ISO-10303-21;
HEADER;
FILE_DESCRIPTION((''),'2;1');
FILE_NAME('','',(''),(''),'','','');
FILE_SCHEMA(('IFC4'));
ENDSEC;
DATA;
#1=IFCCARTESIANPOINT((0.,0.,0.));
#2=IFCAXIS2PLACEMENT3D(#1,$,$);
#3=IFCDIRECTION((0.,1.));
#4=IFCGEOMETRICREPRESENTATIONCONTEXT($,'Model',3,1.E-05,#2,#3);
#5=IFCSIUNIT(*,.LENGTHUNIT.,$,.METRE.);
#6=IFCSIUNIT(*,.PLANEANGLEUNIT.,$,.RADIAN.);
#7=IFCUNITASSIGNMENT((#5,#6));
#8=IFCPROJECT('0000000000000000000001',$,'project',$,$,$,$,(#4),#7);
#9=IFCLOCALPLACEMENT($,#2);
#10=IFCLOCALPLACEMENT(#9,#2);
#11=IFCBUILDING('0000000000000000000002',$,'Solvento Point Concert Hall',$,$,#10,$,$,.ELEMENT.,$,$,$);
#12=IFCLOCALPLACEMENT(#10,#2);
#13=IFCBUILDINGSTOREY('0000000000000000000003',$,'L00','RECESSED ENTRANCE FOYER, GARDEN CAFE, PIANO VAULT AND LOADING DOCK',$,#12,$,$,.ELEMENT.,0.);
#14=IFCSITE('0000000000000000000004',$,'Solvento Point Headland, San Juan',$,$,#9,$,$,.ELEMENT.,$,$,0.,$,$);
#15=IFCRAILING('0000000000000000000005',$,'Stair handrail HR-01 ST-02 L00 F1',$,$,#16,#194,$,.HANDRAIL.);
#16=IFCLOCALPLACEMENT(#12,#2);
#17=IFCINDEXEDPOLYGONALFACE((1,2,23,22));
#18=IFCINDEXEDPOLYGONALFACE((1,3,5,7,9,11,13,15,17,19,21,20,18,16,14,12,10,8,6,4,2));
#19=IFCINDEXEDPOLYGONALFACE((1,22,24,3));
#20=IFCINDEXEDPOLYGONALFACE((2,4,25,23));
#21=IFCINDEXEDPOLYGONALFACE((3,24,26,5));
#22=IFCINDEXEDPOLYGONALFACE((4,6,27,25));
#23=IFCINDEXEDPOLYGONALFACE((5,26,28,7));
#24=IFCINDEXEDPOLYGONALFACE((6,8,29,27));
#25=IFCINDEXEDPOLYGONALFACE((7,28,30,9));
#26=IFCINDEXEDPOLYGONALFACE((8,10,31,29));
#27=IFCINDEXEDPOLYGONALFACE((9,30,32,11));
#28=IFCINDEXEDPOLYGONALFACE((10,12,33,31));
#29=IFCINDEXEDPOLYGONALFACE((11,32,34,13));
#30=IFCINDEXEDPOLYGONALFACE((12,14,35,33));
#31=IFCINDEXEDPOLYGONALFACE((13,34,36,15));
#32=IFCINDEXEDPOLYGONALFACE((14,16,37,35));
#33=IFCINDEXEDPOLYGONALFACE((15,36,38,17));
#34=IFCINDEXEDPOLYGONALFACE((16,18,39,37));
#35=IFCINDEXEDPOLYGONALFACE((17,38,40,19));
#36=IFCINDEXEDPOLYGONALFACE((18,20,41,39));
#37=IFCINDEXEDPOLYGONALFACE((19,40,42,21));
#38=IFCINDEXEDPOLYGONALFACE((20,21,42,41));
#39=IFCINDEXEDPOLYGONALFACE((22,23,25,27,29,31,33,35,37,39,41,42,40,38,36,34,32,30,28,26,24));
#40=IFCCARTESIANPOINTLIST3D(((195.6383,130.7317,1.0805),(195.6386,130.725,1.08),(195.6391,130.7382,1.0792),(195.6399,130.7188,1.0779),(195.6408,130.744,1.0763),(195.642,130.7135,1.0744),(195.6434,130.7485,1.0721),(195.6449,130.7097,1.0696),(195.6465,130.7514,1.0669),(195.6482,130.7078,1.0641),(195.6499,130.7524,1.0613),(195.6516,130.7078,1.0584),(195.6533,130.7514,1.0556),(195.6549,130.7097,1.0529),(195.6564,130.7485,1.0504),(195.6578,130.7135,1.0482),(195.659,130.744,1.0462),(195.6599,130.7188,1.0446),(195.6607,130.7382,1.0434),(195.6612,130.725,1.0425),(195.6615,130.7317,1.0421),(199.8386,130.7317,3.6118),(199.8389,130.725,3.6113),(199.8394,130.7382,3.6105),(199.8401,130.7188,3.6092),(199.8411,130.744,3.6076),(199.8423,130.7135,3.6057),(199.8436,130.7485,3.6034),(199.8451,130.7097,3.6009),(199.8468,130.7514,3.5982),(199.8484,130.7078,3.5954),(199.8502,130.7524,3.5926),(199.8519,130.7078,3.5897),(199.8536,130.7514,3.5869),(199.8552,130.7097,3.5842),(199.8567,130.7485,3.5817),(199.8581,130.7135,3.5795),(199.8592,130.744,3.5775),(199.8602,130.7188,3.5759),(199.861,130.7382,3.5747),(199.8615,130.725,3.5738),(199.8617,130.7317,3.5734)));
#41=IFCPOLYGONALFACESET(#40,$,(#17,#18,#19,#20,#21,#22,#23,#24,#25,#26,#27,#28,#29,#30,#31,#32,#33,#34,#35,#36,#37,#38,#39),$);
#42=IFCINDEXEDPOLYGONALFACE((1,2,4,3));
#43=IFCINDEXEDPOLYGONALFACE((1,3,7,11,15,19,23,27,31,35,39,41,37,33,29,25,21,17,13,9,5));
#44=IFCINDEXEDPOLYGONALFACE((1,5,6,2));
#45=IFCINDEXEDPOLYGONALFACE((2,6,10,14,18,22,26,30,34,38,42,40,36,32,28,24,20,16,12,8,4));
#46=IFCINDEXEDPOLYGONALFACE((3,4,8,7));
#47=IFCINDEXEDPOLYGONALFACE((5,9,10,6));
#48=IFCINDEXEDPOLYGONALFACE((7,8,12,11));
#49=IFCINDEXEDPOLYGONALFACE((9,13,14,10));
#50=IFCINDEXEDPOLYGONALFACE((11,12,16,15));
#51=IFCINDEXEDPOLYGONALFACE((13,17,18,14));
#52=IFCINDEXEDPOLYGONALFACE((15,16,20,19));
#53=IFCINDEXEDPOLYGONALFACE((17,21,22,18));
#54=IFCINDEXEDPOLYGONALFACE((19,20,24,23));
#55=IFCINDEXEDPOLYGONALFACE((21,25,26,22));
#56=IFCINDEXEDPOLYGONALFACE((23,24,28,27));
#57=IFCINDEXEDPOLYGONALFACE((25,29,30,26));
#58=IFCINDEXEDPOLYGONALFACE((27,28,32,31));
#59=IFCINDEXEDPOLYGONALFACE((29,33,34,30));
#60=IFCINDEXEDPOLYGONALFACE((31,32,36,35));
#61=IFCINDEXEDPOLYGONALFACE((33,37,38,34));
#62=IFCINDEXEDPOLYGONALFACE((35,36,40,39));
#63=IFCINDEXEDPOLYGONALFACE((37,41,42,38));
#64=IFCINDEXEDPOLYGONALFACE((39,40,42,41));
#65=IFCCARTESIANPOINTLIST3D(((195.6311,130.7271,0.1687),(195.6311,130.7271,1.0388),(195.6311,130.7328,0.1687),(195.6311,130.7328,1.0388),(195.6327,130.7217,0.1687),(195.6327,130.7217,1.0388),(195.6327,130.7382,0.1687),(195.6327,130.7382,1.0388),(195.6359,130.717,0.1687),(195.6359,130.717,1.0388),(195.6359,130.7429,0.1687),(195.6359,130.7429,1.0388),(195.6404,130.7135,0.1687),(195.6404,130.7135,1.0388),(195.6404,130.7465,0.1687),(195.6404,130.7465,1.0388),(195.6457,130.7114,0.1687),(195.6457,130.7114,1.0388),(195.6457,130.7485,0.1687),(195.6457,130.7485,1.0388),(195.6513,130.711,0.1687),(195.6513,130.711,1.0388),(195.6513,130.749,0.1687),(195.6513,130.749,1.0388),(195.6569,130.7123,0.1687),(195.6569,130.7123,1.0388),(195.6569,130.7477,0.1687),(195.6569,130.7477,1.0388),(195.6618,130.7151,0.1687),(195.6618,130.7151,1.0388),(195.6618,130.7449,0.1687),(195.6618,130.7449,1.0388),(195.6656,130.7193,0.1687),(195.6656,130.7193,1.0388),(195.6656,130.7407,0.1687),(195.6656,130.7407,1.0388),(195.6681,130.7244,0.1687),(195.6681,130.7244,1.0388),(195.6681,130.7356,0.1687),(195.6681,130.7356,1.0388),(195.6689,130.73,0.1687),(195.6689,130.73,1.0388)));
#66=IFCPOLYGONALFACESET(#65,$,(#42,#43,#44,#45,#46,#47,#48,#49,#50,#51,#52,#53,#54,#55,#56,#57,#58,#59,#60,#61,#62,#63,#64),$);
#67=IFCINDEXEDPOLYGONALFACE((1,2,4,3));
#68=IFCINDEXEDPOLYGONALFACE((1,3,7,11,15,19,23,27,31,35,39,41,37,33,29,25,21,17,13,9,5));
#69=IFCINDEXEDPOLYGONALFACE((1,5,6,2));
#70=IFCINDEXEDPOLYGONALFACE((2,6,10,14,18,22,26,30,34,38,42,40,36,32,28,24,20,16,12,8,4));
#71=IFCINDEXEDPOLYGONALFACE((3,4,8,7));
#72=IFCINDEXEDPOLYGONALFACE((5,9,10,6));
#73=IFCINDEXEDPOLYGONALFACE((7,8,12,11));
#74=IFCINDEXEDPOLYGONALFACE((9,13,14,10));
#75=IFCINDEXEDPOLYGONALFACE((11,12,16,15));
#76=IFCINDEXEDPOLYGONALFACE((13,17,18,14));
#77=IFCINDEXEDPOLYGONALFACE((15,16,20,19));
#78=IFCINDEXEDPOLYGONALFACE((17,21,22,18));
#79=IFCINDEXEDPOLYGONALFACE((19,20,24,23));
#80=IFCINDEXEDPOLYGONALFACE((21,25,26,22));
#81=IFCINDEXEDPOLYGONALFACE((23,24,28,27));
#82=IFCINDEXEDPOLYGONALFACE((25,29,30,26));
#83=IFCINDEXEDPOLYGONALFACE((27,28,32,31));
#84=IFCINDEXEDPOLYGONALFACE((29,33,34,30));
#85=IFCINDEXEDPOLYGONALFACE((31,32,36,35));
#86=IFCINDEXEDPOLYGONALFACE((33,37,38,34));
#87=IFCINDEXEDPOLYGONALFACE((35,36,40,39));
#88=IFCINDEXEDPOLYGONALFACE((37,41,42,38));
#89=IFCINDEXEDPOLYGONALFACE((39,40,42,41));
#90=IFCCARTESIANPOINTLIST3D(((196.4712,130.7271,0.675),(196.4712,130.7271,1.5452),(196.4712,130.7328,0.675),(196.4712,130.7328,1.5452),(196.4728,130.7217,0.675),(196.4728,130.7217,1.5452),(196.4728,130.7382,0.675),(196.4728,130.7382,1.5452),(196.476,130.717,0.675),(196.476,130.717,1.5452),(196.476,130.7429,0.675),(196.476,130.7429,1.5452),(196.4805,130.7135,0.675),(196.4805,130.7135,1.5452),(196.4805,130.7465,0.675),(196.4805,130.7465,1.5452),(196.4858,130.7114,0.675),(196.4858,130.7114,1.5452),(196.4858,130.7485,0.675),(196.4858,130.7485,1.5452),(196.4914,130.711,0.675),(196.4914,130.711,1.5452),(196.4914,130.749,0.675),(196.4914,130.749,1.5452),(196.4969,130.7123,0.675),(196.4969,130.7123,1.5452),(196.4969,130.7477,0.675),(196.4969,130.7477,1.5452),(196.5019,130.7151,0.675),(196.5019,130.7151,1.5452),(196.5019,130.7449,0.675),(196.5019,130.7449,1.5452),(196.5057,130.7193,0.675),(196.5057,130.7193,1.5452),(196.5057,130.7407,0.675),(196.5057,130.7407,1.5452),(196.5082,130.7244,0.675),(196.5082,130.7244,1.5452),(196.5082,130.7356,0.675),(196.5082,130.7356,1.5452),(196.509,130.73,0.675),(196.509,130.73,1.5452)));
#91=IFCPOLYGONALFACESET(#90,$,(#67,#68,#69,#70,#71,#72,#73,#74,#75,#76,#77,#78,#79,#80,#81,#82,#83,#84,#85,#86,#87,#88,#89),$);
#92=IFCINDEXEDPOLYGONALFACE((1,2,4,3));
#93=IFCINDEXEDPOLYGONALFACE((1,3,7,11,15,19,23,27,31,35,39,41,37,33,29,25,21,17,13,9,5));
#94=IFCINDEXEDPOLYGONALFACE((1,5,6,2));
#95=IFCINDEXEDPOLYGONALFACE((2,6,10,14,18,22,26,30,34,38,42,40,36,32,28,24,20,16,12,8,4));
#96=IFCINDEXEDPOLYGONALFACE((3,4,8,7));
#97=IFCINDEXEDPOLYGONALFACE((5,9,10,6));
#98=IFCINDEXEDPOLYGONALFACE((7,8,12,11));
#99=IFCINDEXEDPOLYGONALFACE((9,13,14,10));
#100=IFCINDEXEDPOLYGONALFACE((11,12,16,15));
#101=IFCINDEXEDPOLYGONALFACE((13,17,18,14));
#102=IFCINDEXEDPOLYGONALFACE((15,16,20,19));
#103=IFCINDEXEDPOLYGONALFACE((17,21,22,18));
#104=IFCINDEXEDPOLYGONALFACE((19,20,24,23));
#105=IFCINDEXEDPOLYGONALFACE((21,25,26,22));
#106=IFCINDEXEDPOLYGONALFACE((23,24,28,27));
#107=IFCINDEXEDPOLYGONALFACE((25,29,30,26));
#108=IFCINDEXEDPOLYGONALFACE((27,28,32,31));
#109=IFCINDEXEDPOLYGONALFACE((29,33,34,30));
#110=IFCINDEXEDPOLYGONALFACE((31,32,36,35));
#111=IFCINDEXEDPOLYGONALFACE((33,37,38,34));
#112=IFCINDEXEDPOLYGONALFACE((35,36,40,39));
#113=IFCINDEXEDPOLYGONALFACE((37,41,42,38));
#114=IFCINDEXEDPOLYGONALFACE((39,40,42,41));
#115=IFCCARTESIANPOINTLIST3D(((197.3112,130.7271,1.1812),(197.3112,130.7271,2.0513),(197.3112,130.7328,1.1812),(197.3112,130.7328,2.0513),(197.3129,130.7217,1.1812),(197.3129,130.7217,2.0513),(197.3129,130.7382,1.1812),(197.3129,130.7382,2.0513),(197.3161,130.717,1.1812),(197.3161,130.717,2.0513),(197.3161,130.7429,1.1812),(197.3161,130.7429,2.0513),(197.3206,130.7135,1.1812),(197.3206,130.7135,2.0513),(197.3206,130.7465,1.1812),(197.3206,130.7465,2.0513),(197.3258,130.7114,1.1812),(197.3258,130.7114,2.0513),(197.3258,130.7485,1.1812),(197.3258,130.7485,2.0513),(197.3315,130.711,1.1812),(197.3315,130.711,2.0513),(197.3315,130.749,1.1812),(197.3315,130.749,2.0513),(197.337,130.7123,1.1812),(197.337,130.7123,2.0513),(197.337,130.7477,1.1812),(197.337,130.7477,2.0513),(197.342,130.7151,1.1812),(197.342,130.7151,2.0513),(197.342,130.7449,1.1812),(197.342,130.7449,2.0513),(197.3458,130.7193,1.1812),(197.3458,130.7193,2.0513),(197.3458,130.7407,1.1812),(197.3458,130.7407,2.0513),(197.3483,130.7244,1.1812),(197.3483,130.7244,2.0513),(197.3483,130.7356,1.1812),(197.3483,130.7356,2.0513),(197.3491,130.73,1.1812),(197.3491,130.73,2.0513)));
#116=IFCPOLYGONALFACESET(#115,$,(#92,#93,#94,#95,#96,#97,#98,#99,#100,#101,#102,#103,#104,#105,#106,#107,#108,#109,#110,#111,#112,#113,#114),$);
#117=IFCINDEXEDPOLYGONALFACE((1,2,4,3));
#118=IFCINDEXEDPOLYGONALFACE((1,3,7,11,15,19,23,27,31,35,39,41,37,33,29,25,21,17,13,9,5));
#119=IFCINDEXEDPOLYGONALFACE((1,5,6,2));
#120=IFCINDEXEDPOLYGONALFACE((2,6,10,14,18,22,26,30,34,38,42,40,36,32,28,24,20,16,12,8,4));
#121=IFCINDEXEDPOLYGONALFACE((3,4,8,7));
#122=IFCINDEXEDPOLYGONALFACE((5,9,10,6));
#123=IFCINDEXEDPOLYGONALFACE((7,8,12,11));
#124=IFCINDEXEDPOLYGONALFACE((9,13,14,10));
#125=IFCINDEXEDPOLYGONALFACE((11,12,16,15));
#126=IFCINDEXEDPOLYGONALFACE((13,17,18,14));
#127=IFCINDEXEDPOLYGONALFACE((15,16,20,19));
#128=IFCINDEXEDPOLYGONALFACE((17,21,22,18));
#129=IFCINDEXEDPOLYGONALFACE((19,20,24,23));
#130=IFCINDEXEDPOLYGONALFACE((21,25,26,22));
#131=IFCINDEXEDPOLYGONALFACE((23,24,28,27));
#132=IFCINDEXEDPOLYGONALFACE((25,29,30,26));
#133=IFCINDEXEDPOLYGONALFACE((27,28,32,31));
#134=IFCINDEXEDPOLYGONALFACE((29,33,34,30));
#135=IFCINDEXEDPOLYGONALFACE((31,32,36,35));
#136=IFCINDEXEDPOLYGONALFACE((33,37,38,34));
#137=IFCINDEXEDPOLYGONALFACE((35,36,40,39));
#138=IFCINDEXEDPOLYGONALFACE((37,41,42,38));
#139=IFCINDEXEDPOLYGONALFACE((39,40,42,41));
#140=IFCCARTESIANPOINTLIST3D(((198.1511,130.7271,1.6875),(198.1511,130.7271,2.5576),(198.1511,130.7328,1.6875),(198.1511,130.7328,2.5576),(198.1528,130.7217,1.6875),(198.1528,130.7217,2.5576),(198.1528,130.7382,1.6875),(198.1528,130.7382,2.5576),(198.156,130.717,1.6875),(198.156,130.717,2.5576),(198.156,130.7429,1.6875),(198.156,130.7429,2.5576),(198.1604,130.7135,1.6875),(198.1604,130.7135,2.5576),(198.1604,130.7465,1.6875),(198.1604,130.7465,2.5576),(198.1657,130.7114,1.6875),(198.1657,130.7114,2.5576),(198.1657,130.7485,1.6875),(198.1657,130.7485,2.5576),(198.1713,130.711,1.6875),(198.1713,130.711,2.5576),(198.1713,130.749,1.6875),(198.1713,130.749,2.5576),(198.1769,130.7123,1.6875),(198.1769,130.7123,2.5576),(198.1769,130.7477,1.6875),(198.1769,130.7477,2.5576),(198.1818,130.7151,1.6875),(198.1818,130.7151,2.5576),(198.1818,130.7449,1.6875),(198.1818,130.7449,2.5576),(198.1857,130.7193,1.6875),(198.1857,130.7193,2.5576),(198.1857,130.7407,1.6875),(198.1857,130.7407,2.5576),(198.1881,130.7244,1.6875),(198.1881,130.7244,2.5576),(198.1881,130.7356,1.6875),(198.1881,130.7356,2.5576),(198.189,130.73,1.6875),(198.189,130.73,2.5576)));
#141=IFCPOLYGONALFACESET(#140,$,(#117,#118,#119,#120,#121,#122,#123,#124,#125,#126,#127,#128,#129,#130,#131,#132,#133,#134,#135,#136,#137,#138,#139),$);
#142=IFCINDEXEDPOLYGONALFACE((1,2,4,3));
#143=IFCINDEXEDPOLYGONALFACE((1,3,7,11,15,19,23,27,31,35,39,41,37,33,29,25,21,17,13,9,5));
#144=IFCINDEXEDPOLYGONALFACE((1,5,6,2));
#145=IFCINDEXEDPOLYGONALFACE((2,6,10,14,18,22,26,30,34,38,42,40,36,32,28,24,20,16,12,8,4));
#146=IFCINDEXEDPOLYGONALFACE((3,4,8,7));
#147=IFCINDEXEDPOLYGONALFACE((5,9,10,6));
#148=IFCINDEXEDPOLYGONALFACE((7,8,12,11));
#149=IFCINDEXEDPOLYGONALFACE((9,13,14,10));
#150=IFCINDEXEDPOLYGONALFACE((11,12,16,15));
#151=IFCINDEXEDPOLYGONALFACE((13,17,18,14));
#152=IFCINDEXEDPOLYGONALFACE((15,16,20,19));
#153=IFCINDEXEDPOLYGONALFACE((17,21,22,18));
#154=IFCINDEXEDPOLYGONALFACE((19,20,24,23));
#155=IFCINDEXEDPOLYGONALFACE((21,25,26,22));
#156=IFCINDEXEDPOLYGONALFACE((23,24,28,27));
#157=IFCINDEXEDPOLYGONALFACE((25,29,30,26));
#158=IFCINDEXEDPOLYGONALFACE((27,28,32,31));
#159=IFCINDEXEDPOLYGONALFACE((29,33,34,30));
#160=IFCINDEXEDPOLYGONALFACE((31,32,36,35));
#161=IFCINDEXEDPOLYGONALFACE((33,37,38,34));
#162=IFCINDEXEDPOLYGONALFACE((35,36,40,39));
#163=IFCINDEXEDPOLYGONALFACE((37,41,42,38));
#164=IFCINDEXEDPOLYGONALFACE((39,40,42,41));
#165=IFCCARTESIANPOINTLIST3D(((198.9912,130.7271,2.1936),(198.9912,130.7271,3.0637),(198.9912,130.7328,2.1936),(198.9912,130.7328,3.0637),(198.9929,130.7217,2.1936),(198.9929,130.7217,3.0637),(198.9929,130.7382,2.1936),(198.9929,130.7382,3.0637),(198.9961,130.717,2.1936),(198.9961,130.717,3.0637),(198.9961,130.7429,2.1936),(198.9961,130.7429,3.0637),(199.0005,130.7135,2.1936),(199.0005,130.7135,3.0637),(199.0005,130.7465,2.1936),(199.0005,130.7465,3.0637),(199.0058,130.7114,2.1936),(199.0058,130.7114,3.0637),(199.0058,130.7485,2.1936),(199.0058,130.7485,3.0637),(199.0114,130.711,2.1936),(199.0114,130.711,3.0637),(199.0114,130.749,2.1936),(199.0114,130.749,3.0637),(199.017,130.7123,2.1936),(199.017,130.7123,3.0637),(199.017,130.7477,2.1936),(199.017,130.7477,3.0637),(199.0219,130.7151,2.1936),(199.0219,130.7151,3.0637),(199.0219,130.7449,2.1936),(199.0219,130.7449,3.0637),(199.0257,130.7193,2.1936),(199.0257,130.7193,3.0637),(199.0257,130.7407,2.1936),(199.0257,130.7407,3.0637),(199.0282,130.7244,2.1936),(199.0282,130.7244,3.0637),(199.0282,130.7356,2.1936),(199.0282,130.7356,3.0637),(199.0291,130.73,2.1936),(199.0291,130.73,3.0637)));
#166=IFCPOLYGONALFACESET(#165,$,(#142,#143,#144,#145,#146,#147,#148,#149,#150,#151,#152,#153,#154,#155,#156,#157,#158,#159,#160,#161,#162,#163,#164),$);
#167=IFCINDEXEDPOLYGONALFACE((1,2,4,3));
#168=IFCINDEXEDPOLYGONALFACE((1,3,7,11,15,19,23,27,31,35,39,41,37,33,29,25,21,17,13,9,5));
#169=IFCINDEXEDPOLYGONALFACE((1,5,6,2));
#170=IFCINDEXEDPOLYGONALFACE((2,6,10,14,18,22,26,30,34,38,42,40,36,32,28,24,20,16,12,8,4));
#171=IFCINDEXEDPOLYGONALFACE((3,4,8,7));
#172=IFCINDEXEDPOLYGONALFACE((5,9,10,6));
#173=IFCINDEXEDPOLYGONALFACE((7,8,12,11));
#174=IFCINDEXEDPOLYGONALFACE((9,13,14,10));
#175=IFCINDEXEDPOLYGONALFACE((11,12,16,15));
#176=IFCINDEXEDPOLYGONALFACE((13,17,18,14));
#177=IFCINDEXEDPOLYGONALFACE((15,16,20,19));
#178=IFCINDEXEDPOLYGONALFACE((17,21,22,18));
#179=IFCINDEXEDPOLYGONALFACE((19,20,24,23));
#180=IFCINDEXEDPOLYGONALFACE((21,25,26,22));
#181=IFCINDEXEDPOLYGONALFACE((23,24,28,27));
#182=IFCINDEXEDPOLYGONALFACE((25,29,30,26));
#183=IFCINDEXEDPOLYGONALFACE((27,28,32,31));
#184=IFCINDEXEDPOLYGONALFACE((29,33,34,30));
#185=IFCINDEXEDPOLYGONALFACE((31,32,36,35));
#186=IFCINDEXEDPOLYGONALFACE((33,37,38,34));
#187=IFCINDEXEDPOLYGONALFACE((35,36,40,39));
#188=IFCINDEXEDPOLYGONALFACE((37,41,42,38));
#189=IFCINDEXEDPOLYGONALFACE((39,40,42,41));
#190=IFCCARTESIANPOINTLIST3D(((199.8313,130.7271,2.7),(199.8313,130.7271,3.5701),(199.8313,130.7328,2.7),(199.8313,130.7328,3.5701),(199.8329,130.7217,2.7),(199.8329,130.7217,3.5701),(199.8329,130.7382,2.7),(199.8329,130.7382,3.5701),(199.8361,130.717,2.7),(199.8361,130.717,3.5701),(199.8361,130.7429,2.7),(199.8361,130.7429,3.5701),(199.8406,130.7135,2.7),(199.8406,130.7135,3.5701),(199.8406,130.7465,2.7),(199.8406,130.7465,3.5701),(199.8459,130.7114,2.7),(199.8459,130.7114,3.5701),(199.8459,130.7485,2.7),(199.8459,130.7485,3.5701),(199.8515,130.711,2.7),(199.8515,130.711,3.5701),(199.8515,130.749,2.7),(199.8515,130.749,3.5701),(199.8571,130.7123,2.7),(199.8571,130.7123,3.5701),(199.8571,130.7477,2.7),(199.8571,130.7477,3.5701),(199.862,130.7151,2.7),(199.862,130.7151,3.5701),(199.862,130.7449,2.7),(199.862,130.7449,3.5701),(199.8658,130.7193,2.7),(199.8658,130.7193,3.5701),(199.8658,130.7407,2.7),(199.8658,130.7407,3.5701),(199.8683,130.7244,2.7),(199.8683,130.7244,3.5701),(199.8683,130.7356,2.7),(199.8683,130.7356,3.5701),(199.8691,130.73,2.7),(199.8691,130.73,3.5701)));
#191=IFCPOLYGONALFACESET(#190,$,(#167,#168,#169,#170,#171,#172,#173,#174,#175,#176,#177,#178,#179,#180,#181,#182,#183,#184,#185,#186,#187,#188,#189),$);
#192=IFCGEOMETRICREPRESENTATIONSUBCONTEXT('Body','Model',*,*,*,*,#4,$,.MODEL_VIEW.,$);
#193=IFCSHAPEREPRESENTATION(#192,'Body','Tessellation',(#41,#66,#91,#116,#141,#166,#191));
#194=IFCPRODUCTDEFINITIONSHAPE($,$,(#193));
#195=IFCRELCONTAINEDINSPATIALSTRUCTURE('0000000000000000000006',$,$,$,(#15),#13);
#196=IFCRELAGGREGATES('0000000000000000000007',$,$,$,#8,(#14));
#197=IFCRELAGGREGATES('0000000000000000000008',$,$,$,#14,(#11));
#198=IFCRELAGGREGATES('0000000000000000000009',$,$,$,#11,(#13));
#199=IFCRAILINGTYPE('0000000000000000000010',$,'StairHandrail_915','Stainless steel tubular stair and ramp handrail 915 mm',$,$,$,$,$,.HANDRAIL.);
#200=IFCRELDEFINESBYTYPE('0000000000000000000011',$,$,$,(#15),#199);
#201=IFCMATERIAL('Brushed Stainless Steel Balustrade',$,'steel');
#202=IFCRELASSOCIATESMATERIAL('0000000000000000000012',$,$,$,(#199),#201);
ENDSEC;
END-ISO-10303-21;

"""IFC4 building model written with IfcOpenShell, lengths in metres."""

from ifc_helpers import new_model, si_unit, direction, frame, origin, origin_2d, place, context, subcontext, project, spatial, circle, extrude, material, type_object, element, save


model = new_model("IFC4")

# Units and contexts
model_context = context("Model", 3, precision=1e-05, world=origin(), true_north=direction((0.0, 1.0)))
body_context = subcontext(model_context, "Body", "Model", "MODEL_VIEW")
ifc_project = project(units=[si_unit("LENGTHUNIT", "METRE"), si_unit("PLANEANGLEUNIT", "RADIAN")], contexts=[model_context])

# Site, building, storey
site_placement = place(None, origin())
site = spatial("IfcSite", under=ifc_project, at=site_placement, Name="Solvento Point Headland, San Juan", CompositionType="ELEMENT", RefElevation=0.0)
building_placement = place(site_placement, origin())
building = spatial("IfcBuilding", under=site, at=building_placement, Name="Solvento Point Concert Hall", CompositionType="ELEMENT")
storey_placement = place(building_placement, origin())
storey = spatial("IfcBuildingStorey", under=building, at=storey_placement, Name="L00", Description="RECESSED ENTRANCE FOYER, GARDEN CAFE, PIANO VAULT AND LOADING DOCK", CompositionType="ELEMENT", Elevation=0.0)

# Railing
ifc_material_1 = material(Name="Brushed Stainless Steel Balustrade", Category="steel")
railing_type_1 = type_object("IfcRailingType", Name="StairHandrail_915", Description="Stainless steel tubular stair and ramp handrail 915 mm", PredefinedType="HANDRAIL", material=ifc_material_1)
railing_1_placement = place(storey_placement, frame((195.6499, 130.73, 0.1687)))
element("IfcRailing", 1, at=railing_1_placement, inside=storey, type_object=railing_type_1, Name="Stair handrail HR-01 ST-02 L00 F1", PredefinedType="HANDRAIL", context=body_context, shape_type="SweptSolid", body=[
    extrude(circle(Radius=0.0225, at=origin_2d()), frame((0.0, 0.0, 0.8926), z_axis=(0.85649, 0.0, 0.516164), x_axis=(0.0, 1.0, 0.0)), (0.0, 0.0, 1.0), 4.9041),
    extrude(circle(Radius=0.019, at=origin_2d()), origin(), (0.0, 0.0, 1.0), 0.8701),
    extrude(circle(Radius=0.019, at=origin_2d()), frame((0.8401, 0.0, 0.5063)), (0.0, 0.0, 1.0), 0.8701),
    extrude(circle(Radius=0.019, at=origin_2d()), frame((1.6802, 0.0, 1.0125)), (0.0, 0.0, 1.0), 0.8701),
    extrude(circle(Radius=0.019, at=origin_2d()), frame((2.52, 0.0, 1.5188)), (0.0, 0.0, 1.0), 0.8701),
    extrude(circle(Radius=0.019, at=origin_2d()), frame((3.3601, 0.0, 2.0249)), (0.0, 0.0, 1.0), 0.8701),
    extrude(circle(Radius=0.019, at=origin_2d()), frame((4.2002, 0.0, 2.5312)), (0.0, 0.0, 1.0), 0.8701),
])

save(model, "model.ifc")
